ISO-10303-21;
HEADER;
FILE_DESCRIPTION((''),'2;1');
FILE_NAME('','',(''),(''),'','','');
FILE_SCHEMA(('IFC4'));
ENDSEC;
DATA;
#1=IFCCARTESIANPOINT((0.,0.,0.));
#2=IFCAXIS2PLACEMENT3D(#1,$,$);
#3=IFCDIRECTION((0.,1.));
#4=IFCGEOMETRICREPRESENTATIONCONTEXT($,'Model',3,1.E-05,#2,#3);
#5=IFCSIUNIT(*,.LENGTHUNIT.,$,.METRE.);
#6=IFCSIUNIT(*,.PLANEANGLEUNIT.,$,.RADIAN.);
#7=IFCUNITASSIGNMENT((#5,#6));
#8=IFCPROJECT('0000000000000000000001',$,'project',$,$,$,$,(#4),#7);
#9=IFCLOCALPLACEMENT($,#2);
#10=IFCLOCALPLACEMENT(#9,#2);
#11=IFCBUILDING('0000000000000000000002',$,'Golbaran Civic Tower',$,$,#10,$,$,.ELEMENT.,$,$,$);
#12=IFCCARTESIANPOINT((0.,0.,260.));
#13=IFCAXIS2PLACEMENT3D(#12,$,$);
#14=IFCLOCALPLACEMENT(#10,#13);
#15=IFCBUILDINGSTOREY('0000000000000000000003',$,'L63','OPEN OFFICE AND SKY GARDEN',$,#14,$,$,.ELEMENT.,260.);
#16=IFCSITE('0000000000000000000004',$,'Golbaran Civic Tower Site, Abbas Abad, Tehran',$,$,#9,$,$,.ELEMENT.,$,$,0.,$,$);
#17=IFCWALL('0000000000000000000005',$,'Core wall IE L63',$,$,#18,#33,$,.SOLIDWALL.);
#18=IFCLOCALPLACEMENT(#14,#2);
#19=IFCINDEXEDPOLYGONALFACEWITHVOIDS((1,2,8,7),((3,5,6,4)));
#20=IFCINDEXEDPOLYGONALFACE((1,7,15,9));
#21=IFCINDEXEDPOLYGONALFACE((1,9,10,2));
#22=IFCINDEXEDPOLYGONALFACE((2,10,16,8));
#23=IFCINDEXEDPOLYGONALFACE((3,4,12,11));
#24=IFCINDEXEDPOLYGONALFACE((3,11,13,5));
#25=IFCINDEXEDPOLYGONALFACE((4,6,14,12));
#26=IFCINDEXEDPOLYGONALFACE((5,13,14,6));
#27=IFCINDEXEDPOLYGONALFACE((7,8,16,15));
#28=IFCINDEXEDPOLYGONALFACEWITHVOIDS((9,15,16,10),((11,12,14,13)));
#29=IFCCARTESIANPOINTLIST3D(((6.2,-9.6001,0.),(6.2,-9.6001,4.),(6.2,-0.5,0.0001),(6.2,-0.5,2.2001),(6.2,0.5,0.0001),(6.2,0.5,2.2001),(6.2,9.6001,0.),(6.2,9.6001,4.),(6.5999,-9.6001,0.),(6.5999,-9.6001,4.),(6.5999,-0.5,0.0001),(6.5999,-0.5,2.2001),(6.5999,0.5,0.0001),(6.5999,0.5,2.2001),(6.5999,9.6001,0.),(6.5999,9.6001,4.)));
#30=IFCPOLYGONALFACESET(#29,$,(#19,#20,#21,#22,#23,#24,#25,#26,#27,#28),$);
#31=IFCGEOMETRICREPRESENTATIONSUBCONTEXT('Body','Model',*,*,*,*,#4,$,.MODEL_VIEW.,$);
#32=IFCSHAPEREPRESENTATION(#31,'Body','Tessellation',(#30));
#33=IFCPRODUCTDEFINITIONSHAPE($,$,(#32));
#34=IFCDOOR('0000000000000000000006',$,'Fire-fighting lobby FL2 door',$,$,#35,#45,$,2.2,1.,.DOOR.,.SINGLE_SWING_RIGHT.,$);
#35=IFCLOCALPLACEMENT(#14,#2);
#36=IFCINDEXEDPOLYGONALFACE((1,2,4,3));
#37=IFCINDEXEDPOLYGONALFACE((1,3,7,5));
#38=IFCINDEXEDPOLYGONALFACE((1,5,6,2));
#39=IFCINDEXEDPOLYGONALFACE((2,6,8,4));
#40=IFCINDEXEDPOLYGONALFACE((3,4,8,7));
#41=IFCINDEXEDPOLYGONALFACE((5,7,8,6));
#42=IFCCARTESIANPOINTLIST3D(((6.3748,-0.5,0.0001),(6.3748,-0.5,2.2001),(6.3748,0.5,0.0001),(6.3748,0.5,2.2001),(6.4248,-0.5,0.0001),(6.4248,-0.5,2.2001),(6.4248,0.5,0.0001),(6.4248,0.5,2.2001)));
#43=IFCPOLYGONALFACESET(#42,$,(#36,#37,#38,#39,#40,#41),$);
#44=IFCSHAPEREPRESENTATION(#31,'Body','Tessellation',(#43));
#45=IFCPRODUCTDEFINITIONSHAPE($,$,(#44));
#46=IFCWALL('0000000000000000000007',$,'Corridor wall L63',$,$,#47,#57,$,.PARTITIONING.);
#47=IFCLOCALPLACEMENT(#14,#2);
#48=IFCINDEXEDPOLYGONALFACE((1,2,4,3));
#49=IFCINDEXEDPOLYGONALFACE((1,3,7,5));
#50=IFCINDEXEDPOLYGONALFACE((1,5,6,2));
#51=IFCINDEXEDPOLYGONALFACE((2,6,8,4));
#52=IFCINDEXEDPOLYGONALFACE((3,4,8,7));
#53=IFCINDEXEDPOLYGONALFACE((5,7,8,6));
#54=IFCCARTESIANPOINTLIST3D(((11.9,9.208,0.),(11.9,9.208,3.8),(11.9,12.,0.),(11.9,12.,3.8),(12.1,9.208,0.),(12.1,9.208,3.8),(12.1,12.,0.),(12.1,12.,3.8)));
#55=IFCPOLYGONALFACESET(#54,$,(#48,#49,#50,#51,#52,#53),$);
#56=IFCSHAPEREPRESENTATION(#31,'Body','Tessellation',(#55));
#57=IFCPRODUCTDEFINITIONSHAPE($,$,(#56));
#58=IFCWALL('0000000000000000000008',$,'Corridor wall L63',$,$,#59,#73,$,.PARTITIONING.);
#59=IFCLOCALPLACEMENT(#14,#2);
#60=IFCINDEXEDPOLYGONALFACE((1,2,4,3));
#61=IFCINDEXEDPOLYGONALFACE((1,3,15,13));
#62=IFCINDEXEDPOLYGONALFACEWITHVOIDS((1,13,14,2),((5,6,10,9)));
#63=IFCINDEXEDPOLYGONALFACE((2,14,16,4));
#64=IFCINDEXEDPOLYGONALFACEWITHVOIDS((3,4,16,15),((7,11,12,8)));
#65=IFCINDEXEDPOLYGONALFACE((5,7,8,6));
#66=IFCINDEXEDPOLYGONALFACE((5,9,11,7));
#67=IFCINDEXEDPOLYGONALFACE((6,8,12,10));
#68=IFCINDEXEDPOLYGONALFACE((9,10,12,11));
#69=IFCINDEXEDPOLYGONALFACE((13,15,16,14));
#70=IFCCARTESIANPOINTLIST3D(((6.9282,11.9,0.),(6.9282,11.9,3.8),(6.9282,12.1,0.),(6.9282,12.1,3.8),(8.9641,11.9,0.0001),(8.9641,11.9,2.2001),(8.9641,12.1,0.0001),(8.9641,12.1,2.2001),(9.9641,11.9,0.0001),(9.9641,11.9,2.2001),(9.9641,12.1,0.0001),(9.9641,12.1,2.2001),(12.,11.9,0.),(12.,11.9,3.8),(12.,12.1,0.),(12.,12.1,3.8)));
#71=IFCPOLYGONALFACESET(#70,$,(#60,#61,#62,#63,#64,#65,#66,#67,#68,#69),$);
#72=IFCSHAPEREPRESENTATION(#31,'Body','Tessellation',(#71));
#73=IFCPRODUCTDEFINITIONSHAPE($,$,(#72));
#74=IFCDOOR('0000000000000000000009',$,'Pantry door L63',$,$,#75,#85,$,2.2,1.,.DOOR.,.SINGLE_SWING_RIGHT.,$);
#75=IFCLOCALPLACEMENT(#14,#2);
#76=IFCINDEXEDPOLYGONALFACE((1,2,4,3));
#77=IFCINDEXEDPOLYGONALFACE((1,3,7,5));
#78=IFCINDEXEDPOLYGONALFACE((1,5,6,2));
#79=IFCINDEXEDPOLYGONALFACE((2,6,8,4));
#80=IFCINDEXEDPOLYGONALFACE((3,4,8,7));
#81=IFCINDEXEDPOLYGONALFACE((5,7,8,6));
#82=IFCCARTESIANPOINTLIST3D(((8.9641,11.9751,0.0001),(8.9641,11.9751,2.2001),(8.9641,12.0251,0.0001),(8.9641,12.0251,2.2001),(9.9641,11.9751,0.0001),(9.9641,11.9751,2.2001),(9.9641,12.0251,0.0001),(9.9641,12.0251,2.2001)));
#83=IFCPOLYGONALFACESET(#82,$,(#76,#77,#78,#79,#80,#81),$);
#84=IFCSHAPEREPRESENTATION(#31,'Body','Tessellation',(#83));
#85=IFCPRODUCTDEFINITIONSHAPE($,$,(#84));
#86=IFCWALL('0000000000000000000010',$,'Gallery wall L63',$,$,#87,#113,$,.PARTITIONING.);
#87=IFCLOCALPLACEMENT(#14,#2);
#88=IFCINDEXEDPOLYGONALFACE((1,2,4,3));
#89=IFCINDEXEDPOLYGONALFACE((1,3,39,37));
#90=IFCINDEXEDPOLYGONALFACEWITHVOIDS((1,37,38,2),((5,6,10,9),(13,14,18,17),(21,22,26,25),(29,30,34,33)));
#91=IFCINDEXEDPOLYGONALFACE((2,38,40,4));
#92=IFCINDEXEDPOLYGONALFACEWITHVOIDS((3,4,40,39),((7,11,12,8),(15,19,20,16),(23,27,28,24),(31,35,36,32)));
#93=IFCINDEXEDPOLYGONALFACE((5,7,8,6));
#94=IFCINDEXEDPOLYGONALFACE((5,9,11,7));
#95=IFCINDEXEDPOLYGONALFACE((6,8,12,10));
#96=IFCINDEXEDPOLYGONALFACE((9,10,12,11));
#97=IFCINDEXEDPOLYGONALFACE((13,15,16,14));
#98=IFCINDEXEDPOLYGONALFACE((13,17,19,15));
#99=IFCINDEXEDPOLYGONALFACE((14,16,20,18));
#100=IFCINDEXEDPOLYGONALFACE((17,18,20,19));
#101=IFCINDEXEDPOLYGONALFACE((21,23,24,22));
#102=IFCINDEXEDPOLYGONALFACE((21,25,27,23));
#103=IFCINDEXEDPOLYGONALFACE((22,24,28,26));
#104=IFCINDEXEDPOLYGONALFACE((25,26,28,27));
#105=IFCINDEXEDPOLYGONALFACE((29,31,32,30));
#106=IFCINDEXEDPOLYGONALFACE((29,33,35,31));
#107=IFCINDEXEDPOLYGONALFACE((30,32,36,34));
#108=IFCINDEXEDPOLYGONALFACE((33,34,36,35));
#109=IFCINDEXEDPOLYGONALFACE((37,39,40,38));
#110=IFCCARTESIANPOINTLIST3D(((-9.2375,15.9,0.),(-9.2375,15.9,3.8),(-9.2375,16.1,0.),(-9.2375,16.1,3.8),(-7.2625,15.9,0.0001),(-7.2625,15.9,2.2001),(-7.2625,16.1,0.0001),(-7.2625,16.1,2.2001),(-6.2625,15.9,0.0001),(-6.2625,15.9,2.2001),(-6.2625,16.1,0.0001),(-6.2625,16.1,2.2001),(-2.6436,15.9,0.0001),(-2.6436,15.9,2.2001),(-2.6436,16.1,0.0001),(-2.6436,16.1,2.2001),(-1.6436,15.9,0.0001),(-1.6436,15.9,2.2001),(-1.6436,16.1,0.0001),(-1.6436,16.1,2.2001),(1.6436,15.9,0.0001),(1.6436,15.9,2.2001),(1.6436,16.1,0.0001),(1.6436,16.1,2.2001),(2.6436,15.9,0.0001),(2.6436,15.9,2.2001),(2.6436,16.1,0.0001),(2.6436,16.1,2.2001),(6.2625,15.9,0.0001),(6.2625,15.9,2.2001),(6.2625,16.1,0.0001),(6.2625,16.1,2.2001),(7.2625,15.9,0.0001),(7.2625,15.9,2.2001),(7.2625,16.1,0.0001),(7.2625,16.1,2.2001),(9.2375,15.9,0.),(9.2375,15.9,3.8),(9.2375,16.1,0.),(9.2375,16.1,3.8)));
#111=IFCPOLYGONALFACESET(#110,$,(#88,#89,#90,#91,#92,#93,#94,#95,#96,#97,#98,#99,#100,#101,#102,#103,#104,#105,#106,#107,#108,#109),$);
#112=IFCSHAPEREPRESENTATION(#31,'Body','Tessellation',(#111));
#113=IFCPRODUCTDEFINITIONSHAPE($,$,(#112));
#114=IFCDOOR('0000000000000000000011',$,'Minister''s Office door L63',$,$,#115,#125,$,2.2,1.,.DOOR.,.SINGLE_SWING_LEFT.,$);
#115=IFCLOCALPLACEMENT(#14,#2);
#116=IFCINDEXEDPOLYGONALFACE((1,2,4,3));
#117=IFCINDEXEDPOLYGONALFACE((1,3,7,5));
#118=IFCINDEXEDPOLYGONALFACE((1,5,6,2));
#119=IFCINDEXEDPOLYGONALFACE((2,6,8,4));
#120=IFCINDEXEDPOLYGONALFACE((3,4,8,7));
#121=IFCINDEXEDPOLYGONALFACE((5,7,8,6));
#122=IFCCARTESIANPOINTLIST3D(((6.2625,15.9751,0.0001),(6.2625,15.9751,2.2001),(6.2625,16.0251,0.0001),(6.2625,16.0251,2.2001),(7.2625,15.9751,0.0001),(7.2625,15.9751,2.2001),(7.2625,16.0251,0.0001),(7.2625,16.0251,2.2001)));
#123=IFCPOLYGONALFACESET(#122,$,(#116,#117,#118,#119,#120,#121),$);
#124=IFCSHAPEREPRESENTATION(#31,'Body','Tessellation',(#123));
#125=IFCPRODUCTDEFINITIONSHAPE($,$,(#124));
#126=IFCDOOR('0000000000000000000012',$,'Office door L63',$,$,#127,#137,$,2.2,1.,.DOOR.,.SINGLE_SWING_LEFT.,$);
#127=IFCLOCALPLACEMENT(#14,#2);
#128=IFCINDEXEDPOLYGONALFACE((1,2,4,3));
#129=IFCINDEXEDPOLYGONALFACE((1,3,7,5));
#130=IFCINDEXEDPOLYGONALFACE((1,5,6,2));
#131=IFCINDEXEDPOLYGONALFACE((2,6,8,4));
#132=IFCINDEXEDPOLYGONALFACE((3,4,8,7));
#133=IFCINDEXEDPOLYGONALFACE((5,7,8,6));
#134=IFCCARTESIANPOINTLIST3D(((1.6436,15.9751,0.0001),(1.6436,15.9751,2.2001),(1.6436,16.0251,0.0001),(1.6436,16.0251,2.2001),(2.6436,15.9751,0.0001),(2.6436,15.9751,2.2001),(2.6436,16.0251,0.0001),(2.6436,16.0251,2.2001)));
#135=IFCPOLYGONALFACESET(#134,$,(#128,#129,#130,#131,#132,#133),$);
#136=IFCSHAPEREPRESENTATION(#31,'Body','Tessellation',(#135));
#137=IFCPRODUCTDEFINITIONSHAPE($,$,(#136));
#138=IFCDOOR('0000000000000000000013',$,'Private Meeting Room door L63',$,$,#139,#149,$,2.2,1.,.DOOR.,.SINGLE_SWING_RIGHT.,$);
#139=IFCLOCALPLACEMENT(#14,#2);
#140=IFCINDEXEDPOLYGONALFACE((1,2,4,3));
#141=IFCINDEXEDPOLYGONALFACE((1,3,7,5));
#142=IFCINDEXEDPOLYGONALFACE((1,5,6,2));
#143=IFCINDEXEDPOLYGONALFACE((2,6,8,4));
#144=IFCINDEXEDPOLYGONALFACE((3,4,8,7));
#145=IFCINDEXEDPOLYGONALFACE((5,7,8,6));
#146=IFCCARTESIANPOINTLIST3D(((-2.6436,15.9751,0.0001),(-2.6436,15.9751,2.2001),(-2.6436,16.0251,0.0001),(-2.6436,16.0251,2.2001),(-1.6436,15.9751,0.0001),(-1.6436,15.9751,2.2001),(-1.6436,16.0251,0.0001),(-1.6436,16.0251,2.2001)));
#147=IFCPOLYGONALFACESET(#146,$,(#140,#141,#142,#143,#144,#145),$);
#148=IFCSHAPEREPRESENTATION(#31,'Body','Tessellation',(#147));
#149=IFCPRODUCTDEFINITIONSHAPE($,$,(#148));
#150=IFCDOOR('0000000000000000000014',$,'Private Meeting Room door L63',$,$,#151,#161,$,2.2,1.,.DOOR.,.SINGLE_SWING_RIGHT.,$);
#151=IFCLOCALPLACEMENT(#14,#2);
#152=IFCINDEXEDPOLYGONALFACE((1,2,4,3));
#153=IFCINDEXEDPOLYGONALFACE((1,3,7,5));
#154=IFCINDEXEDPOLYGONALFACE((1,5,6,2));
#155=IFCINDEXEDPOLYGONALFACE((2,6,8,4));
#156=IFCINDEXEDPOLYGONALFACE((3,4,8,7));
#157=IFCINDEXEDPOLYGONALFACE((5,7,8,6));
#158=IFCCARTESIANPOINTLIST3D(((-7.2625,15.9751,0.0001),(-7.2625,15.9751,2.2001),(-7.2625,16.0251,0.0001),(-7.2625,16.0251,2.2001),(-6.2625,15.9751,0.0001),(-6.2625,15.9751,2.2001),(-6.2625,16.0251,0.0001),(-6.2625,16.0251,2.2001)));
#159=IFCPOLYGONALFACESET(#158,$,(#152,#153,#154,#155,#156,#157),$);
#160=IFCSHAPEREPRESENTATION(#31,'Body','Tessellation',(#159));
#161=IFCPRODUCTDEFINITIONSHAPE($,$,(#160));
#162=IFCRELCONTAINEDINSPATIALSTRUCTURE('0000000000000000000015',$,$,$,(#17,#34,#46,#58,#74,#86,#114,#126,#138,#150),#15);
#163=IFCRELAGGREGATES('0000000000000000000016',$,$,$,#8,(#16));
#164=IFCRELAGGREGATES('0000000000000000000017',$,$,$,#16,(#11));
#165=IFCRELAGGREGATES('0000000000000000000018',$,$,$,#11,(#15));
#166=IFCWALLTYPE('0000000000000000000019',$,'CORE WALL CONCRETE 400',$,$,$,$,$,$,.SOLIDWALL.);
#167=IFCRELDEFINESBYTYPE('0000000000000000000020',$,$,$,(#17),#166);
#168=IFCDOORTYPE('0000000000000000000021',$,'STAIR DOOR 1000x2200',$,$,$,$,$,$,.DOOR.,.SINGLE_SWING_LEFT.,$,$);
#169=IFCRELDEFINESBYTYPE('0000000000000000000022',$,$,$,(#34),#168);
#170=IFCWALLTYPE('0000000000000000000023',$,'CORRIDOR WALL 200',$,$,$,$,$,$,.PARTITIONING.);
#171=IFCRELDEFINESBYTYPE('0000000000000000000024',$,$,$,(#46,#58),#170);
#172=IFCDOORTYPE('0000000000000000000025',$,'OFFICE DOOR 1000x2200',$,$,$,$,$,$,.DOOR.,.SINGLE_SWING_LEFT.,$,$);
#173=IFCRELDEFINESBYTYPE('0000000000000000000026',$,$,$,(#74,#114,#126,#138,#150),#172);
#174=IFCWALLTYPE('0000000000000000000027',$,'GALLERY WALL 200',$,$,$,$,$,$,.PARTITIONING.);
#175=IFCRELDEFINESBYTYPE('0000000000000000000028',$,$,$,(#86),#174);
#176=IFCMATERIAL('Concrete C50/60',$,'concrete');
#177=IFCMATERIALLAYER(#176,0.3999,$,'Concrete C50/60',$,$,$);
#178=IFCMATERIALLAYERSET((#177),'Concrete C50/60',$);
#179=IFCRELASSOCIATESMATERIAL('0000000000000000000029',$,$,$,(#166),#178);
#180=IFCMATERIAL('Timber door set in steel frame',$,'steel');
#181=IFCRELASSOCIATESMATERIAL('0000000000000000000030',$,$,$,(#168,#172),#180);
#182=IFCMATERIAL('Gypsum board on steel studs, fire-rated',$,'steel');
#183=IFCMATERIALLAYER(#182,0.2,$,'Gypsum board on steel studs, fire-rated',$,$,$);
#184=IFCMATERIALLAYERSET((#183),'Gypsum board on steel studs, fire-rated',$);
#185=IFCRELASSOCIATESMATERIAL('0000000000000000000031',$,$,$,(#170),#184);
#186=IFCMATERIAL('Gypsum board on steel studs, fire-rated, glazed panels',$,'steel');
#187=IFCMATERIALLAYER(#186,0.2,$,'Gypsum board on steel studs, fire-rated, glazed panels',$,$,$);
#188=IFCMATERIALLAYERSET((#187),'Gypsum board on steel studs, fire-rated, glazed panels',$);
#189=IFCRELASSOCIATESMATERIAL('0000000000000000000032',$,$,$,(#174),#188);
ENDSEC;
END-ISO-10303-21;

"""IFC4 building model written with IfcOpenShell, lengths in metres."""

from ifc_helpers import new_model, si_unit, direction, frame, frame_2d, origin, place, context, subcontext, project, spatial, rectangle, extrude, material, layer, layer_set, type_object, element, fill, save


model = new_model("IFC4")

# Units and contexts
model_context = context("Model", 3, precision=1e-05, world=origin(), true_north=direction((0.0, 1.0)))
body_context = subcontext(model_context, "Body", "Model", "MODEL_VIEW")
ifc_project = project(units=[si_unit("LENGTHUNIT", "METRE"), si_unit("PLANEANGLEUNIT", "RADIAN")], contexts=[model_context])

# Site, building, storey
site_placement = place(None, origin())
site = spatial("IfcSite", under=ifc_project, at=site_placement, Name="Golbaran Civic Tower Site, Abbas Abad, Tehran", CompositionType="ELEMENT", RefElevation=0.0)
building_placement = place(site_placement, origin())
building = spatial("IfcBuilding", under=site, at=building_placement, Name="Golbaran Civic Tower", CompositionType="ELEMENT")
storey_placement = place(building_placement, frame((0.0, 0.0, 260.0)))
storey = spatial("IfcBuildingStorey", under=building, at=storey_placement, Name="L63", Description="OPEN OFFICE AND SKY GARDEN", CompositionType="ELEMENT", Elevation=260.0)

# Wall, opening, door
ifc_material_1 = material(Name="Concrete C50/60", Category="concrete")
ifc_layer_1 = layer(ifc_material_1, 0.3999, Name="Concrete C50/60")
ifc_layer_set_1 = layer_set([ifc_layer_1], Name="Concrete C50/60")
wall_type_1 = type_object("IfcWallType", Name="CORE WALL CONCRETE 400", PredefinedType="SOLIDWALL", material=ifc_layer_set_1)
wall_1_placement = place(storey_placement, frame((6.3999, 9.6001, 0.0), z_axis=(0.0, 0.0, 1.0), x_axis=(0.0, -1.0, 0.0)))
wall_1 = element("IfcWall", 1, at=wall_1_placement, inside=storey, type_object=wall_type_1, Name="Core wall IE L63", PredefinedType="SOLIDWALL", context=body_context, shape_type="SweptSolid", body=[
    extrude(rectangle(XDim=19.2002, YDim=0.3999, at=frame_2d((9.6001, 0.0))), origin(), (0.0, 0.0, 1.0), 4.0),
])
opening_1_placement = place(wall_1_placement, frame((9.1001, 0.0, 0.0)))
opening_1 = element("IfcOpeningElement", 2, at=opening_1_placement, cuts=wall_1, PredefinedType="OPENING", context=body_context, shape_type="SweptSolid", body=[
    extrude(rectangle(XDim=1.0, YDim=2.2, at=frame_2d((0.5, 1.1001))), frame((0.0, 0.21, 0.0), z_axis=(0.0, -1.0, 0.0), x_axis=(1.0, 0.0, 0.0)), (0.0, 0.0, 1.0), 0.4199),
])
ifc_material_2 = material(Name="Timber door set in steel frame", Category="steel")
door_type_1 = type_object("IfcDoorType", Name="STAIR DOOR 1000x2200", OperationType="SINGLE_SWING_LEFT", PredefinedType="DOOR", material=ifc_material_2)
door_1_placement = place(opening_1_placement, origin())
door_1 = element("IfcDoor", 3, at=door_1_placement, inside=storey, type_object=door_type_1, Name="Fire-fighting lobby FL2 door", OperationType="SINGLE_SWING_RIGHT", OverallHeight=2.2, OverallWidth=1.0, PredefinedType="DOOR", context=body_context, shape_type="SweptSolid", body=[
    extrude(rectangle(XDim=1.0, YDim=2.2, at=frame_2d((0.5, 1.1001))), frame((0.0, 0.0249, 0.0), z_axis=(0.0, -1.0, 0.0), x_axis=(1.0, 0.0, 0.0)), (0.0, 0.0, 1.0), 0.05),
])
fill(opening_1, door_1)

# Wall
ifc_material_3 = material(Name="Gypsum board on steel studs, fire-rated", Category="steel")
ifc_layer_2 = layer(ifc_material_3, 0.2, Name="Gypsum board on steel studs, fire-rated")
ifc_layer_set_2 = layer_set([ifc_layer_2], Name="Gypsum board on steel studs, fire-rated")
wall_type_2 = type_object("IfcWallType", Name="CORRIDOR WALL 200", PredefinedType="PARTITIONING", material=ifc_layer_set_2)
wall_2_placement = place(storey_placement, frame((12.0, 9.208, 0.0), z_axis=(0.0, 0.0, 1.0), x_axis=(0.0, 1.0, 0.0)))
element("IfcWall", 4, at=wall_2_placement, inside=storey, type_object=wall_type_2, Name="Corridor wall L63", PredefinedType="PARTITIONING", context=body_context, shape_type="SweptSolid", body=[
    extrude(rectangle(XDim=2.792, YDim=0.2, at=frame_2d((1.396, 0.0))), origin(), (0.0, 0.0, 1.0), 3.8),
])

# Wall, opening, door
wall_3_placement = place(storey_placement, frame((12.0, 12.0, 0.0), z_axis=(0.0, 0.0, 1.0), x_axis=(-1.0, 0.0, 0.0)))
wall_3 = element("IfcWall", 5, at=wall_3_placement, inside=storey, type_object=wall_type_2, Name="Corridor wall L63", PredefinedType="PARTITIONING", context=body_context, shape_type="SweptSolid", body=[
    extrude(rectangle(XDim=5.0718, YDim=0.2, at=frame_2d((2.5359, 0.0))), origin(), (0.0, 0.0, 1.0), 3.8),
])
opening_2_placement = place(wall_3_placement, frame((2.0359, 0.0, 0.0)))
opening_2 = element("IfcOpeningElement", 6, at=opening_2_placement, cuts=wall_3, PredefinedType="OPENING", context=body_context, shape_type="SweptSolid", body=[
    extrude(rectangle(XDim=1.0, YDim=2.2, at=frame_2d((0.5, 1.1001))), frame((0.0, 0.1099, 0.0), z_axis=(0.0, -1.0, 0.0), x_axis=(1.0, 0.0, 0.0)), (0.0, 0.0, 1.0), 0.22),
])
door_type_2 = type_object("IfcDoorType", Name="OFFICE DOOR 1000x2200", OperationType="SINGLE_SWING_LEFT", PredefinedType="DOOR", material=ifc_material_2)
door_2_placement = place(opening_2_placement, origin())
door_2 = element("IfcDoor", 7, at=door_2_placement, inside=storey, type_object=door_type_2, Name="Pantry door L63", OperationType="SINGLE_SWING_RIGHT", OverallHeight=2.2, OverallWidth=1.0, PredefinedType="DOOR", context=body_context, shape_type="SweptSolid", body=[
    extrude(rectangle(XDim=1.0, YDim=2.2, at=frame_2d((0.5, 1.1001))), frame((0.0, 0.0249, 0.0), z_axis=(0.0, -1.0, 0.0), x_axis=(1.0, 0.0, 0.0)), (0.0, 0.0, 1.0), 0.05),
])
fill(opening_2, door_2)

# Wall, openings, doors
ifc_material_4 = material(Name="Gypsum board on steel studs, fire-rated, glazed panels", Category="steel")
ifc_layer_3 = layer(ifc_material_4, 0.2, Name="Gypsum board on steel studs, fire-rated, glazed panels")
ifc_layer_set_3 = layer_set([ifc_layer_3], Name="Gypsum board on steel studs, fire-rated, glazed panels")
wall_type_3 = type_object("IfcWallType", Name="GALLERY WALL 200", PredefinedType="PARTITIONING", material=ifc_layer_set_3)
wall_4_placement = place(storey_placement, frame((9.2375, 16.0, 0.0), z_axis=(0.0, 0.0, 1.0), x_axis=(-1.0, 0.0, 0.0)))
wall_4 = element("IfcWall", 8, at=wall_4_placement, inside=storey, type_object=wall_type_3, Name="Gallery wall L63", PredefinedType="PARTITIONING", context=body_context, shape_type="SweptSolid", body=[
    extrude(rectangle(XDim=18.4751, YDim=0.2, at=frame_2d((9.2375, 0.0))), origin(), (0.0, 0.0, 1.0), 3.8),
])
opening_3_placement = place(wall_4_placement, frame((1.9751, 0.0, 0.0)))
opening_3 = element("IfcOpeningElement", 9, at=opening_3_placement, cuts=wall_4, PredefinedType="OPENING", context=body_context, shape_type="SweptSolid", body=[
    extrude(rectangle(XDim=1.0, YDim=2.2, at=frame_2d((0.5, 1.1001))), frame((0.0, 0.1099, 0.0), z_axis=(0.0, -1.0, 0.0), x_axis=(1.0, 0.0, 0.0)), (0.0, 0.0, 1.0), 0.22),
])
opening_4_placement = place(wall_4_placement, frame((6.594, 0.0, 0.0)))
opening_4 = element("IfcOpeningElement", 10, at=opening_4_placement, cuts=wall_4, PredefinedType="OPENING", context=body_context, shape_type="SweptSolid", body=[
    extrude(rectangle(XDim=1.0, YDim=2.2, at=frame_2d((0.5, 1.1001))), frame((0.0, 0.1099, 0.0), z_axis=(0.0, -1.0, 0.0), x_axis=(1.0, 0.0, 0.0)), (0.0, 0.0, 1.0), 0.22),
])
opening_5_placement = place(wall_4_placement, frame((10.8811, 0.0, 0.0)))
opening_5 = element("IfcOpeningElement", 11, at=opening_5_placement, cuts=wall_4, PredefinedType="OPENING", context=body_context, shape_type="SweptSolid", body=[
    extrude(rectangle(XDim=1.0, YDim=2.2, at=frame_2d((0.5, 1.1001))), frame((0.0, 0.1099, 0.0), z_axis=(0.0, -1.0, 0.0), x_axis=(1.0, 0.0, 0.0)), (0.0, 0.0, 1.0), 0.22),
])
opening_6_placement = place(wall_4_placement, frame((15.5, 0.0, 0.0)))
opening_6 = element("IfcOpeningElement", 12, at=opening_6_placement, cuts=wall_4, PredefinedType="OPENING", context=body_context, shape_type="SweptSolid", body=[
    extrude(rectangle(XDim=1.0, YDim=2.2, at=frame_2d((0.5, 1.1001))), frame((0.0, 0.1099, 0.0), z_axis=(0.0, -1.0, 0.0), x_axis=(1.0, 0.0, 0.0)), (0.0, 0.0, 1.0), 0.22),
])
door_3_placement = place(opening_3_placement, origin())
door_3 = element("IfcDoor", 13, at=door_3_placement, inside=storey, type_object=door_type_2, Name="Minister's Office door L63", OperationType="SINGLE_SWING_LEFT", OverallHeight=2.2, OverallWidth=1.0, PredefinedType="DOOR", context=body_context, shape_type="SweptSolid", body=[
    extrude(rectangle(XDim=1.0, YDim=2.2, at=frame_2d((0.5, 1.1001))), frame((0.0, 0.0249, 0.0), z_axis=(0.0, -1.0, 0.0), x_axis=(1.0, 0.0, 0.0)), (0.0, 0.0, 1.0), 0.05),
])
fill(opening_3, door_3)
door_4_placement = place(opening_4_placement, origin())
door_4 = element("IfcDoor", 14, at=door_4_placement, inside=storey, type_object=door_type_2, Name="Office door L63", OperationType="SINGLE_SWING_LEFT", OverallHeight=2.2, OverallWidth=1.0, PredefinedType="DOOR", context=body_context, shape_type="SweptSolid", body=[
    extrude(rectangle(XDim=1.0, YDim=2.2, at=frame_2d((0.5, 1.1001))), frame((0.0, 0.0249, 0.0), z_axis=(0.0, -1.0, 0.0), x_axis=(1.0, 0.0, 0.0)), (0.0, 0.0, 1.0), 0.05),
])
fill(opening_4, door_4)
door_5_placement = place(opening_5_placement, origin())
door_5 = element("IfcDoor", 15, at=door_5_placement, inside=storey, type_object=door_type_2, Name="Private Meeting Room door L63", OperationType="SINGLE_SWING_RIGHT", OverallHeight=2.2, OverallWidth=1.0, PredefinedType="DOOR", context=body_context, shape_type="SweptSolid", body=[
    extrude(rectangle(XDim=1.0, YDim=2.2, at=frame_2d((0.5, 1.1001))), frame((0.0, 0.0249, 0.0), z_axis=(0.0, -1.0, 0.0), x_axis=(1.0, 0.0, 0.0)), (0.0, 0.0, 1.0), 0.05),
])
fill(opening_5, door_5)
door_6_placement = place(opening_6_placement, origin())
door_6 = element("IfcDoor", 16, at=door_6_placement, inside=storey, type_object=door_type_2, Name="Private Meeting Room door L63", OperationType="SINGLE_SWING_RIGHT", OverallHeight=2.2, OverallWidth=1.0, PredefinedType="DOOR", context=body_context, shape_type="SweptSolid", body=[
    extrude(rectangle(XDim=1.0, YDim=2.2, at=frame_2d((0.5, 1.1001))), frame((0.0, 0.0249, 0.0), z_axis=(0.0, -1.0, 0.0), x_axis=(1.0, 0.0, 0.0)), (0.0, 0.0, 1.0), 0.05),
])
fill(opening_6, door_6)

save(model, "model.ifc")
